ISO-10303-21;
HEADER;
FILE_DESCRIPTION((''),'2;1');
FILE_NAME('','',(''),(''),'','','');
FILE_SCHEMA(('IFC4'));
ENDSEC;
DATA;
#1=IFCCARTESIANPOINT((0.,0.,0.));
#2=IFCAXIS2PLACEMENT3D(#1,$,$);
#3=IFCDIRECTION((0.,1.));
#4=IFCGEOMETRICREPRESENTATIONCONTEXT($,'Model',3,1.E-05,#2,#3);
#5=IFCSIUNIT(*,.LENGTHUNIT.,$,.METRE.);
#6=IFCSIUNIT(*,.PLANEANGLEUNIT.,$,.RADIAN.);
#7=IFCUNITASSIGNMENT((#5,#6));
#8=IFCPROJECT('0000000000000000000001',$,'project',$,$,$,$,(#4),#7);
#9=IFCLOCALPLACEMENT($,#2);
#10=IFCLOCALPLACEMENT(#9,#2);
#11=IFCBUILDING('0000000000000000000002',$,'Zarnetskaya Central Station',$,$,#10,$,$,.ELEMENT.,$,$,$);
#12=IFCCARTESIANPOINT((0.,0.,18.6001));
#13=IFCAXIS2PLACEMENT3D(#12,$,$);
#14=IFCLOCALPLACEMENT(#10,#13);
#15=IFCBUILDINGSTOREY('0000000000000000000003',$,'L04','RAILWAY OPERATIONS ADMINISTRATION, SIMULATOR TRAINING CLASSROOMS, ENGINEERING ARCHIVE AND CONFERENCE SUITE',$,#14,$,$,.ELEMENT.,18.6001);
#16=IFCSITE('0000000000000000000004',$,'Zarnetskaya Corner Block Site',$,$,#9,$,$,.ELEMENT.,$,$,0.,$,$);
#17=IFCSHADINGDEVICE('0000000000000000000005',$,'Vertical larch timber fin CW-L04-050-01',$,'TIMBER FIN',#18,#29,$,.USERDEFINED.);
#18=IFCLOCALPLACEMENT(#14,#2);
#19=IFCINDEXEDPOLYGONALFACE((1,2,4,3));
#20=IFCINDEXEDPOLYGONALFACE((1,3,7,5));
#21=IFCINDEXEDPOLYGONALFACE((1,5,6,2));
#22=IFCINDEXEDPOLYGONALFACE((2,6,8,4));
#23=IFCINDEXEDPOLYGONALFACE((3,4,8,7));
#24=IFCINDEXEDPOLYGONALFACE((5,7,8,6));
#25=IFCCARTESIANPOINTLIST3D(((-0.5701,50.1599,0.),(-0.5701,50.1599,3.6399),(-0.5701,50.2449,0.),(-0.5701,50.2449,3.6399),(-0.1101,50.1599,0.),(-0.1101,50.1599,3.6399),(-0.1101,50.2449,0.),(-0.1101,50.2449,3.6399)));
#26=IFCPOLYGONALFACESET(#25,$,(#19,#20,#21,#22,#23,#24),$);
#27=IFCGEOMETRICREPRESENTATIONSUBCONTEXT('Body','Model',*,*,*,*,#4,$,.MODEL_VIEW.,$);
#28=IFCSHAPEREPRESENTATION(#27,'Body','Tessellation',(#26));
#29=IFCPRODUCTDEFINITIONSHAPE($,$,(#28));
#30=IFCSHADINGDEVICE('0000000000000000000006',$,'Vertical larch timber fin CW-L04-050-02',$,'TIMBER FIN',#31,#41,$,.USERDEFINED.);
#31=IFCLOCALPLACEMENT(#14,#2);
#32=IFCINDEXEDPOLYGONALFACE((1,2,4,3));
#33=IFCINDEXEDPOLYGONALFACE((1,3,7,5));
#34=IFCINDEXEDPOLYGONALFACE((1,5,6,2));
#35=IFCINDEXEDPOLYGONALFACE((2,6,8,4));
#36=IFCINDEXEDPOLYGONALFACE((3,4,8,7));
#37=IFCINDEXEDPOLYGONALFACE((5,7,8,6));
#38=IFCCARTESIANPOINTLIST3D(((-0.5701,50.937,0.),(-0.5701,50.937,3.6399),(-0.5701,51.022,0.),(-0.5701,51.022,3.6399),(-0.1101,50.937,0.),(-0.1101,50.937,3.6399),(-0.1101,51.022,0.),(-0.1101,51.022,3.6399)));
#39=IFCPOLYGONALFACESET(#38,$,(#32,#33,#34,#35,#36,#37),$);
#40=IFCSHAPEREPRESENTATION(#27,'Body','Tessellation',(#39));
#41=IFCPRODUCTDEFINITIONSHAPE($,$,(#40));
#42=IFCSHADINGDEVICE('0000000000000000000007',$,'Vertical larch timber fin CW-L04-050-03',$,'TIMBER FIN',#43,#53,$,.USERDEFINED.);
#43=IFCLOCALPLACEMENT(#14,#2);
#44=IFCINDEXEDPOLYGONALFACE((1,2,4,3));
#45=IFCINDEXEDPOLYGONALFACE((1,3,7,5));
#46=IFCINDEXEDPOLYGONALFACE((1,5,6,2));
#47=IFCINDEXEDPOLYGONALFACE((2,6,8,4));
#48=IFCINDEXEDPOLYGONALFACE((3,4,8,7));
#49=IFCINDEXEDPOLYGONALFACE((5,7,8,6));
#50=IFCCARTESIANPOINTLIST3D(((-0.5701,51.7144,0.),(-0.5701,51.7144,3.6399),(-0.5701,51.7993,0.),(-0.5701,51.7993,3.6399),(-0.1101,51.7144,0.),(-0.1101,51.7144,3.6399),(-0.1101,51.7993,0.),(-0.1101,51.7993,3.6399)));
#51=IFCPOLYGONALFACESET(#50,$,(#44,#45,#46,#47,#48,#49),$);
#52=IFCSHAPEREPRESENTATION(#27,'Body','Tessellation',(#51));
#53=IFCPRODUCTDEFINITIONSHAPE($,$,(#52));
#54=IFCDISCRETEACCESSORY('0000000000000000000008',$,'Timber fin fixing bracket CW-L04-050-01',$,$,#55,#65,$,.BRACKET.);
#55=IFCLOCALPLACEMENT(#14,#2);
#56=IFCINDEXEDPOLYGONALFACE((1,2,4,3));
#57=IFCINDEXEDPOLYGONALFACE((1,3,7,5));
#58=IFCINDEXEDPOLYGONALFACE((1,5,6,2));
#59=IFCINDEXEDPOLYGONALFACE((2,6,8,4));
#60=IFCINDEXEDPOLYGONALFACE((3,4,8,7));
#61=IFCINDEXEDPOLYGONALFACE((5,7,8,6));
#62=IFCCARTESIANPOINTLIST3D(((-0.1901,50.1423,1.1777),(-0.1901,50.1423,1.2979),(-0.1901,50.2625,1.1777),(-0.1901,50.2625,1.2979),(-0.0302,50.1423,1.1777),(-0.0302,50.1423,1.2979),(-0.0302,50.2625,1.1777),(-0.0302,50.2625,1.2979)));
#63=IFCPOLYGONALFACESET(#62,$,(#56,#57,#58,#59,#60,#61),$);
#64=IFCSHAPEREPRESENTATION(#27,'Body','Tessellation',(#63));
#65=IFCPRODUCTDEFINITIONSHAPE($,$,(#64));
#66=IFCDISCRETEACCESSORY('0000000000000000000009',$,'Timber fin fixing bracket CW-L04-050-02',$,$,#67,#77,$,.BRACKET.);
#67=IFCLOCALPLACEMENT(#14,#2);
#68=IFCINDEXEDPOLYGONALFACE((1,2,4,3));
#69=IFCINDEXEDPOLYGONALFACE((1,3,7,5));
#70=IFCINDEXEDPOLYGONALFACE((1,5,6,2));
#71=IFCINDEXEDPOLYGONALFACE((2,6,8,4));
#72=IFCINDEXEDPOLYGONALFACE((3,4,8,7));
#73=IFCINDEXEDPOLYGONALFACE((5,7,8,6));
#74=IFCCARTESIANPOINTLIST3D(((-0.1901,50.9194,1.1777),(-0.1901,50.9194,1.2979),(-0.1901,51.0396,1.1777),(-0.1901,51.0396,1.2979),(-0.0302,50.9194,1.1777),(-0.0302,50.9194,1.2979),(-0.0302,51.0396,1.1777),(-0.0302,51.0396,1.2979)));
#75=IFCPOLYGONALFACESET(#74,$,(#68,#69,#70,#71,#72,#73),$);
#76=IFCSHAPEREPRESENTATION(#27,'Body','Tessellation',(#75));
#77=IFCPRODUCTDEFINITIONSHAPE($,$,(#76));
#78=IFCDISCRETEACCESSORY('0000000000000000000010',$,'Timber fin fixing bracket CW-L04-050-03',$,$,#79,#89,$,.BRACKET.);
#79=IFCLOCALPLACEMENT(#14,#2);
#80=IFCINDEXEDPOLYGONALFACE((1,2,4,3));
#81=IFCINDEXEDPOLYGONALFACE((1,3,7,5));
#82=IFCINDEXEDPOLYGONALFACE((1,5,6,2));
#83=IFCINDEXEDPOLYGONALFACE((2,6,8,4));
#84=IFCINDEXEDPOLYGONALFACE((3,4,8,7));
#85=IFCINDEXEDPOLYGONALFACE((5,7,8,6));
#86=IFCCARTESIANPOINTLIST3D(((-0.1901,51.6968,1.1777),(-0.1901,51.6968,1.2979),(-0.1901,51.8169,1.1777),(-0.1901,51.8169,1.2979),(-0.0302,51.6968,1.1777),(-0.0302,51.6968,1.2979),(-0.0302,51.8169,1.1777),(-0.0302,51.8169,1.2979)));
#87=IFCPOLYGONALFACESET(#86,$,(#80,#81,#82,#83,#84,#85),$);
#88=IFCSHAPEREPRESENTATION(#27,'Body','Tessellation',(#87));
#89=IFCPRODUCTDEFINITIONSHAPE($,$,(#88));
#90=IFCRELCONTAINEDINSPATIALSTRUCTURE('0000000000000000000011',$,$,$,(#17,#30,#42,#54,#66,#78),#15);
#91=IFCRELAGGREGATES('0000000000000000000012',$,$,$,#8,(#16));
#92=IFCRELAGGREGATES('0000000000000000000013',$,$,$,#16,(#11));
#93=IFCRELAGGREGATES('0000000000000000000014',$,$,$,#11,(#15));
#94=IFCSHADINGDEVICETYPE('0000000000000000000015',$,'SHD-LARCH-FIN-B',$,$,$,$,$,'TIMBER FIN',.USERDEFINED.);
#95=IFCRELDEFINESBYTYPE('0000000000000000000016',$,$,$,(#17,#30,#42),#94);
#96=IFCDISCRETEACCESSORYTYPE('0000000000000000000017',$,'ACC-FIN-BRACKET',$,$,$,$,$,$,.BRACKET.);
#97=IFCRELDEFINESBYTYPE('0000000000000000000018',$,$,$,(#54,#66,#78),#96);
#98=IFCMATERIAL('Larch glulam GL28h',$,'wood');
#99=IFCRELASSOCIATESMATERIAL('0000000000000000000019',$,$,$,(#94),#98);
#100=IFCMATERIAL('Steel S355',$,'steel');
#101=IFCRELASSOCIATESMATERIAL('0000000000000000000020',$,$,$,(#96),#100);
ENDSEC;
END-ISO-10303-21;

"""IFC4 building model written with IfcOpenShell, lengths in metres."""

from ifc_helpers import new_model, si_unit, direction, frame, origin, origin_2d, place, context, subcontext, project, spatial, rectangle, extrude, material, type_object, element, save


model = new_model("IFC4")

# Units and contexts
model_context = context("Model", 3, precision=1e-05, world=origin(), true_north=direction((0.0, 1.0)))
body_context = subcontext(model_context, "Body", "Model", "MODEL_VIEW")
ifc_project = project(units=[si_unit("LENGTHUNIT", "METRE"), si_unit("PLANEANGLEUNIT", "RADIAN")], contexts=[model_context])

# Site, building, storey
site_placement = place(None, origin())
site = spatial("IfcSite", under=ifc_project, at=site_placement, Name="Zarnetskaya Corner Block Site", CompositionType="ELEMENT", RefElevation=0.0)
building_placement = place(site_placement, origin())
building = spatial("IfcBuilding", under=site, at=building_placement, Name="Zarnetskaya Central Station", CompositionType="ELEMENT")
storey_placement = place(building_placement, frame((0.0, 0.0, 18.6001)))
storey = spatial("IfcBuildingStorey", under=building, at=storey_placement, Name="L04", Description="RAILWAY OPERATIONS ADMINISTRATION, SIMULATOR TRAINING CLASSROOMS, ENGINEERING ARCHIVE AND CONFERENCE SUITE", CompositionType="ELEMENT", Elevation=18.6001)

# Shading devices
ifc_material_1 = material(Name="Larch glulam GL28h", Category="wood")
shading_device_type = type_object("IfcShadingDeviceType", Name="SHD-LARCH-FIN-B", ElementType="TIMBER FIN", PredefinedType="USERDEFINED", material=ifc_material_1)
for number, where, z_axis, x_axis, name in (
    (1, (-0.3401, 50.2024, 0.0), (0.0, 0.0, 1.0), (0.0, 1.0, 0.0), "Vertical larch timber fin CW-L04-050-01"),
    (2, (-0.3401, 50.9795, 0.0), (0.0, 0.0, 1.0), (0.0, 1.0, 0.0), "Vertical larch timber fin CW-L04-050-02"),
    (3, (-0.3401, 51.7568, 0.0), (0.0, 0.0, 1.0), (0.0, 1.0, 0.0), "Vertical larch timber fin CW-L04-050-03"),
):
    element("IfcShadingDevice", number, at=place(storey_placement, frame(where, z_axis=z_axis, x_axis=x_axis)), inside=storey, type_object=shading_device_type, Name=name, ObjectType="TIMBER FIN", PredefinedType="USERDEFINED", context=body_context, shape_type="SweptSolid", body=[
        extrude(rectangle(XDim=0.085, YDim=0.46, at=origin_2d()), origin(), (0.0, 0.0, 1.0), 3.6399),
    ])

# Discrete accessories
ifc_material_2 = material(Name="Steel S355", Category="steel")
discrete_accessory_type = type_object("IfcDiscreteAccessoryType", Name="ACC-FIN-BRACKET", PredefinedType="BRACKET", material=ifc_material_2)
for number, where, z_axis, x_axis, name in (
    (4, (-0.1101, 50.2024, 1.1777), (0.0, 0.0, 1.0), (0.0, 1.0, 0.0), "Timber fin fixing bracket CW-L04-050-01"),
    (5, (-0.1101, 50.9795, 1.1777), (0.0, 0.0, 1.0), (0.0, 1.0, 0.0), "Timber fin fixing bracket CW-L04-050-02"),
    (6, (-0.1101, 51.7568, 1.1777), (0.0, 0.0, 1.0), (0.0, 1.0, 0.0), "Timber fin fixing bracket CW-L04-050-03"),
):
    element("IfcDiscreteAccessory", number, at=place(storey_placement, frame(where, z_axis=z_axis, x_axis=x_axis)), inside=storey, type_object=discrete_accessory_type, Name=name, PredefinedType="BRACKET", context=body_context, shape_type="SweptSolid", body=[
        extrude(rectangle(XDim=0.1201, YDim=0.1599, at=origin_2d()), origin(), (0.0, 0.0, 1.0), 0.1201),
    ])

save(model, "model.ifc")
